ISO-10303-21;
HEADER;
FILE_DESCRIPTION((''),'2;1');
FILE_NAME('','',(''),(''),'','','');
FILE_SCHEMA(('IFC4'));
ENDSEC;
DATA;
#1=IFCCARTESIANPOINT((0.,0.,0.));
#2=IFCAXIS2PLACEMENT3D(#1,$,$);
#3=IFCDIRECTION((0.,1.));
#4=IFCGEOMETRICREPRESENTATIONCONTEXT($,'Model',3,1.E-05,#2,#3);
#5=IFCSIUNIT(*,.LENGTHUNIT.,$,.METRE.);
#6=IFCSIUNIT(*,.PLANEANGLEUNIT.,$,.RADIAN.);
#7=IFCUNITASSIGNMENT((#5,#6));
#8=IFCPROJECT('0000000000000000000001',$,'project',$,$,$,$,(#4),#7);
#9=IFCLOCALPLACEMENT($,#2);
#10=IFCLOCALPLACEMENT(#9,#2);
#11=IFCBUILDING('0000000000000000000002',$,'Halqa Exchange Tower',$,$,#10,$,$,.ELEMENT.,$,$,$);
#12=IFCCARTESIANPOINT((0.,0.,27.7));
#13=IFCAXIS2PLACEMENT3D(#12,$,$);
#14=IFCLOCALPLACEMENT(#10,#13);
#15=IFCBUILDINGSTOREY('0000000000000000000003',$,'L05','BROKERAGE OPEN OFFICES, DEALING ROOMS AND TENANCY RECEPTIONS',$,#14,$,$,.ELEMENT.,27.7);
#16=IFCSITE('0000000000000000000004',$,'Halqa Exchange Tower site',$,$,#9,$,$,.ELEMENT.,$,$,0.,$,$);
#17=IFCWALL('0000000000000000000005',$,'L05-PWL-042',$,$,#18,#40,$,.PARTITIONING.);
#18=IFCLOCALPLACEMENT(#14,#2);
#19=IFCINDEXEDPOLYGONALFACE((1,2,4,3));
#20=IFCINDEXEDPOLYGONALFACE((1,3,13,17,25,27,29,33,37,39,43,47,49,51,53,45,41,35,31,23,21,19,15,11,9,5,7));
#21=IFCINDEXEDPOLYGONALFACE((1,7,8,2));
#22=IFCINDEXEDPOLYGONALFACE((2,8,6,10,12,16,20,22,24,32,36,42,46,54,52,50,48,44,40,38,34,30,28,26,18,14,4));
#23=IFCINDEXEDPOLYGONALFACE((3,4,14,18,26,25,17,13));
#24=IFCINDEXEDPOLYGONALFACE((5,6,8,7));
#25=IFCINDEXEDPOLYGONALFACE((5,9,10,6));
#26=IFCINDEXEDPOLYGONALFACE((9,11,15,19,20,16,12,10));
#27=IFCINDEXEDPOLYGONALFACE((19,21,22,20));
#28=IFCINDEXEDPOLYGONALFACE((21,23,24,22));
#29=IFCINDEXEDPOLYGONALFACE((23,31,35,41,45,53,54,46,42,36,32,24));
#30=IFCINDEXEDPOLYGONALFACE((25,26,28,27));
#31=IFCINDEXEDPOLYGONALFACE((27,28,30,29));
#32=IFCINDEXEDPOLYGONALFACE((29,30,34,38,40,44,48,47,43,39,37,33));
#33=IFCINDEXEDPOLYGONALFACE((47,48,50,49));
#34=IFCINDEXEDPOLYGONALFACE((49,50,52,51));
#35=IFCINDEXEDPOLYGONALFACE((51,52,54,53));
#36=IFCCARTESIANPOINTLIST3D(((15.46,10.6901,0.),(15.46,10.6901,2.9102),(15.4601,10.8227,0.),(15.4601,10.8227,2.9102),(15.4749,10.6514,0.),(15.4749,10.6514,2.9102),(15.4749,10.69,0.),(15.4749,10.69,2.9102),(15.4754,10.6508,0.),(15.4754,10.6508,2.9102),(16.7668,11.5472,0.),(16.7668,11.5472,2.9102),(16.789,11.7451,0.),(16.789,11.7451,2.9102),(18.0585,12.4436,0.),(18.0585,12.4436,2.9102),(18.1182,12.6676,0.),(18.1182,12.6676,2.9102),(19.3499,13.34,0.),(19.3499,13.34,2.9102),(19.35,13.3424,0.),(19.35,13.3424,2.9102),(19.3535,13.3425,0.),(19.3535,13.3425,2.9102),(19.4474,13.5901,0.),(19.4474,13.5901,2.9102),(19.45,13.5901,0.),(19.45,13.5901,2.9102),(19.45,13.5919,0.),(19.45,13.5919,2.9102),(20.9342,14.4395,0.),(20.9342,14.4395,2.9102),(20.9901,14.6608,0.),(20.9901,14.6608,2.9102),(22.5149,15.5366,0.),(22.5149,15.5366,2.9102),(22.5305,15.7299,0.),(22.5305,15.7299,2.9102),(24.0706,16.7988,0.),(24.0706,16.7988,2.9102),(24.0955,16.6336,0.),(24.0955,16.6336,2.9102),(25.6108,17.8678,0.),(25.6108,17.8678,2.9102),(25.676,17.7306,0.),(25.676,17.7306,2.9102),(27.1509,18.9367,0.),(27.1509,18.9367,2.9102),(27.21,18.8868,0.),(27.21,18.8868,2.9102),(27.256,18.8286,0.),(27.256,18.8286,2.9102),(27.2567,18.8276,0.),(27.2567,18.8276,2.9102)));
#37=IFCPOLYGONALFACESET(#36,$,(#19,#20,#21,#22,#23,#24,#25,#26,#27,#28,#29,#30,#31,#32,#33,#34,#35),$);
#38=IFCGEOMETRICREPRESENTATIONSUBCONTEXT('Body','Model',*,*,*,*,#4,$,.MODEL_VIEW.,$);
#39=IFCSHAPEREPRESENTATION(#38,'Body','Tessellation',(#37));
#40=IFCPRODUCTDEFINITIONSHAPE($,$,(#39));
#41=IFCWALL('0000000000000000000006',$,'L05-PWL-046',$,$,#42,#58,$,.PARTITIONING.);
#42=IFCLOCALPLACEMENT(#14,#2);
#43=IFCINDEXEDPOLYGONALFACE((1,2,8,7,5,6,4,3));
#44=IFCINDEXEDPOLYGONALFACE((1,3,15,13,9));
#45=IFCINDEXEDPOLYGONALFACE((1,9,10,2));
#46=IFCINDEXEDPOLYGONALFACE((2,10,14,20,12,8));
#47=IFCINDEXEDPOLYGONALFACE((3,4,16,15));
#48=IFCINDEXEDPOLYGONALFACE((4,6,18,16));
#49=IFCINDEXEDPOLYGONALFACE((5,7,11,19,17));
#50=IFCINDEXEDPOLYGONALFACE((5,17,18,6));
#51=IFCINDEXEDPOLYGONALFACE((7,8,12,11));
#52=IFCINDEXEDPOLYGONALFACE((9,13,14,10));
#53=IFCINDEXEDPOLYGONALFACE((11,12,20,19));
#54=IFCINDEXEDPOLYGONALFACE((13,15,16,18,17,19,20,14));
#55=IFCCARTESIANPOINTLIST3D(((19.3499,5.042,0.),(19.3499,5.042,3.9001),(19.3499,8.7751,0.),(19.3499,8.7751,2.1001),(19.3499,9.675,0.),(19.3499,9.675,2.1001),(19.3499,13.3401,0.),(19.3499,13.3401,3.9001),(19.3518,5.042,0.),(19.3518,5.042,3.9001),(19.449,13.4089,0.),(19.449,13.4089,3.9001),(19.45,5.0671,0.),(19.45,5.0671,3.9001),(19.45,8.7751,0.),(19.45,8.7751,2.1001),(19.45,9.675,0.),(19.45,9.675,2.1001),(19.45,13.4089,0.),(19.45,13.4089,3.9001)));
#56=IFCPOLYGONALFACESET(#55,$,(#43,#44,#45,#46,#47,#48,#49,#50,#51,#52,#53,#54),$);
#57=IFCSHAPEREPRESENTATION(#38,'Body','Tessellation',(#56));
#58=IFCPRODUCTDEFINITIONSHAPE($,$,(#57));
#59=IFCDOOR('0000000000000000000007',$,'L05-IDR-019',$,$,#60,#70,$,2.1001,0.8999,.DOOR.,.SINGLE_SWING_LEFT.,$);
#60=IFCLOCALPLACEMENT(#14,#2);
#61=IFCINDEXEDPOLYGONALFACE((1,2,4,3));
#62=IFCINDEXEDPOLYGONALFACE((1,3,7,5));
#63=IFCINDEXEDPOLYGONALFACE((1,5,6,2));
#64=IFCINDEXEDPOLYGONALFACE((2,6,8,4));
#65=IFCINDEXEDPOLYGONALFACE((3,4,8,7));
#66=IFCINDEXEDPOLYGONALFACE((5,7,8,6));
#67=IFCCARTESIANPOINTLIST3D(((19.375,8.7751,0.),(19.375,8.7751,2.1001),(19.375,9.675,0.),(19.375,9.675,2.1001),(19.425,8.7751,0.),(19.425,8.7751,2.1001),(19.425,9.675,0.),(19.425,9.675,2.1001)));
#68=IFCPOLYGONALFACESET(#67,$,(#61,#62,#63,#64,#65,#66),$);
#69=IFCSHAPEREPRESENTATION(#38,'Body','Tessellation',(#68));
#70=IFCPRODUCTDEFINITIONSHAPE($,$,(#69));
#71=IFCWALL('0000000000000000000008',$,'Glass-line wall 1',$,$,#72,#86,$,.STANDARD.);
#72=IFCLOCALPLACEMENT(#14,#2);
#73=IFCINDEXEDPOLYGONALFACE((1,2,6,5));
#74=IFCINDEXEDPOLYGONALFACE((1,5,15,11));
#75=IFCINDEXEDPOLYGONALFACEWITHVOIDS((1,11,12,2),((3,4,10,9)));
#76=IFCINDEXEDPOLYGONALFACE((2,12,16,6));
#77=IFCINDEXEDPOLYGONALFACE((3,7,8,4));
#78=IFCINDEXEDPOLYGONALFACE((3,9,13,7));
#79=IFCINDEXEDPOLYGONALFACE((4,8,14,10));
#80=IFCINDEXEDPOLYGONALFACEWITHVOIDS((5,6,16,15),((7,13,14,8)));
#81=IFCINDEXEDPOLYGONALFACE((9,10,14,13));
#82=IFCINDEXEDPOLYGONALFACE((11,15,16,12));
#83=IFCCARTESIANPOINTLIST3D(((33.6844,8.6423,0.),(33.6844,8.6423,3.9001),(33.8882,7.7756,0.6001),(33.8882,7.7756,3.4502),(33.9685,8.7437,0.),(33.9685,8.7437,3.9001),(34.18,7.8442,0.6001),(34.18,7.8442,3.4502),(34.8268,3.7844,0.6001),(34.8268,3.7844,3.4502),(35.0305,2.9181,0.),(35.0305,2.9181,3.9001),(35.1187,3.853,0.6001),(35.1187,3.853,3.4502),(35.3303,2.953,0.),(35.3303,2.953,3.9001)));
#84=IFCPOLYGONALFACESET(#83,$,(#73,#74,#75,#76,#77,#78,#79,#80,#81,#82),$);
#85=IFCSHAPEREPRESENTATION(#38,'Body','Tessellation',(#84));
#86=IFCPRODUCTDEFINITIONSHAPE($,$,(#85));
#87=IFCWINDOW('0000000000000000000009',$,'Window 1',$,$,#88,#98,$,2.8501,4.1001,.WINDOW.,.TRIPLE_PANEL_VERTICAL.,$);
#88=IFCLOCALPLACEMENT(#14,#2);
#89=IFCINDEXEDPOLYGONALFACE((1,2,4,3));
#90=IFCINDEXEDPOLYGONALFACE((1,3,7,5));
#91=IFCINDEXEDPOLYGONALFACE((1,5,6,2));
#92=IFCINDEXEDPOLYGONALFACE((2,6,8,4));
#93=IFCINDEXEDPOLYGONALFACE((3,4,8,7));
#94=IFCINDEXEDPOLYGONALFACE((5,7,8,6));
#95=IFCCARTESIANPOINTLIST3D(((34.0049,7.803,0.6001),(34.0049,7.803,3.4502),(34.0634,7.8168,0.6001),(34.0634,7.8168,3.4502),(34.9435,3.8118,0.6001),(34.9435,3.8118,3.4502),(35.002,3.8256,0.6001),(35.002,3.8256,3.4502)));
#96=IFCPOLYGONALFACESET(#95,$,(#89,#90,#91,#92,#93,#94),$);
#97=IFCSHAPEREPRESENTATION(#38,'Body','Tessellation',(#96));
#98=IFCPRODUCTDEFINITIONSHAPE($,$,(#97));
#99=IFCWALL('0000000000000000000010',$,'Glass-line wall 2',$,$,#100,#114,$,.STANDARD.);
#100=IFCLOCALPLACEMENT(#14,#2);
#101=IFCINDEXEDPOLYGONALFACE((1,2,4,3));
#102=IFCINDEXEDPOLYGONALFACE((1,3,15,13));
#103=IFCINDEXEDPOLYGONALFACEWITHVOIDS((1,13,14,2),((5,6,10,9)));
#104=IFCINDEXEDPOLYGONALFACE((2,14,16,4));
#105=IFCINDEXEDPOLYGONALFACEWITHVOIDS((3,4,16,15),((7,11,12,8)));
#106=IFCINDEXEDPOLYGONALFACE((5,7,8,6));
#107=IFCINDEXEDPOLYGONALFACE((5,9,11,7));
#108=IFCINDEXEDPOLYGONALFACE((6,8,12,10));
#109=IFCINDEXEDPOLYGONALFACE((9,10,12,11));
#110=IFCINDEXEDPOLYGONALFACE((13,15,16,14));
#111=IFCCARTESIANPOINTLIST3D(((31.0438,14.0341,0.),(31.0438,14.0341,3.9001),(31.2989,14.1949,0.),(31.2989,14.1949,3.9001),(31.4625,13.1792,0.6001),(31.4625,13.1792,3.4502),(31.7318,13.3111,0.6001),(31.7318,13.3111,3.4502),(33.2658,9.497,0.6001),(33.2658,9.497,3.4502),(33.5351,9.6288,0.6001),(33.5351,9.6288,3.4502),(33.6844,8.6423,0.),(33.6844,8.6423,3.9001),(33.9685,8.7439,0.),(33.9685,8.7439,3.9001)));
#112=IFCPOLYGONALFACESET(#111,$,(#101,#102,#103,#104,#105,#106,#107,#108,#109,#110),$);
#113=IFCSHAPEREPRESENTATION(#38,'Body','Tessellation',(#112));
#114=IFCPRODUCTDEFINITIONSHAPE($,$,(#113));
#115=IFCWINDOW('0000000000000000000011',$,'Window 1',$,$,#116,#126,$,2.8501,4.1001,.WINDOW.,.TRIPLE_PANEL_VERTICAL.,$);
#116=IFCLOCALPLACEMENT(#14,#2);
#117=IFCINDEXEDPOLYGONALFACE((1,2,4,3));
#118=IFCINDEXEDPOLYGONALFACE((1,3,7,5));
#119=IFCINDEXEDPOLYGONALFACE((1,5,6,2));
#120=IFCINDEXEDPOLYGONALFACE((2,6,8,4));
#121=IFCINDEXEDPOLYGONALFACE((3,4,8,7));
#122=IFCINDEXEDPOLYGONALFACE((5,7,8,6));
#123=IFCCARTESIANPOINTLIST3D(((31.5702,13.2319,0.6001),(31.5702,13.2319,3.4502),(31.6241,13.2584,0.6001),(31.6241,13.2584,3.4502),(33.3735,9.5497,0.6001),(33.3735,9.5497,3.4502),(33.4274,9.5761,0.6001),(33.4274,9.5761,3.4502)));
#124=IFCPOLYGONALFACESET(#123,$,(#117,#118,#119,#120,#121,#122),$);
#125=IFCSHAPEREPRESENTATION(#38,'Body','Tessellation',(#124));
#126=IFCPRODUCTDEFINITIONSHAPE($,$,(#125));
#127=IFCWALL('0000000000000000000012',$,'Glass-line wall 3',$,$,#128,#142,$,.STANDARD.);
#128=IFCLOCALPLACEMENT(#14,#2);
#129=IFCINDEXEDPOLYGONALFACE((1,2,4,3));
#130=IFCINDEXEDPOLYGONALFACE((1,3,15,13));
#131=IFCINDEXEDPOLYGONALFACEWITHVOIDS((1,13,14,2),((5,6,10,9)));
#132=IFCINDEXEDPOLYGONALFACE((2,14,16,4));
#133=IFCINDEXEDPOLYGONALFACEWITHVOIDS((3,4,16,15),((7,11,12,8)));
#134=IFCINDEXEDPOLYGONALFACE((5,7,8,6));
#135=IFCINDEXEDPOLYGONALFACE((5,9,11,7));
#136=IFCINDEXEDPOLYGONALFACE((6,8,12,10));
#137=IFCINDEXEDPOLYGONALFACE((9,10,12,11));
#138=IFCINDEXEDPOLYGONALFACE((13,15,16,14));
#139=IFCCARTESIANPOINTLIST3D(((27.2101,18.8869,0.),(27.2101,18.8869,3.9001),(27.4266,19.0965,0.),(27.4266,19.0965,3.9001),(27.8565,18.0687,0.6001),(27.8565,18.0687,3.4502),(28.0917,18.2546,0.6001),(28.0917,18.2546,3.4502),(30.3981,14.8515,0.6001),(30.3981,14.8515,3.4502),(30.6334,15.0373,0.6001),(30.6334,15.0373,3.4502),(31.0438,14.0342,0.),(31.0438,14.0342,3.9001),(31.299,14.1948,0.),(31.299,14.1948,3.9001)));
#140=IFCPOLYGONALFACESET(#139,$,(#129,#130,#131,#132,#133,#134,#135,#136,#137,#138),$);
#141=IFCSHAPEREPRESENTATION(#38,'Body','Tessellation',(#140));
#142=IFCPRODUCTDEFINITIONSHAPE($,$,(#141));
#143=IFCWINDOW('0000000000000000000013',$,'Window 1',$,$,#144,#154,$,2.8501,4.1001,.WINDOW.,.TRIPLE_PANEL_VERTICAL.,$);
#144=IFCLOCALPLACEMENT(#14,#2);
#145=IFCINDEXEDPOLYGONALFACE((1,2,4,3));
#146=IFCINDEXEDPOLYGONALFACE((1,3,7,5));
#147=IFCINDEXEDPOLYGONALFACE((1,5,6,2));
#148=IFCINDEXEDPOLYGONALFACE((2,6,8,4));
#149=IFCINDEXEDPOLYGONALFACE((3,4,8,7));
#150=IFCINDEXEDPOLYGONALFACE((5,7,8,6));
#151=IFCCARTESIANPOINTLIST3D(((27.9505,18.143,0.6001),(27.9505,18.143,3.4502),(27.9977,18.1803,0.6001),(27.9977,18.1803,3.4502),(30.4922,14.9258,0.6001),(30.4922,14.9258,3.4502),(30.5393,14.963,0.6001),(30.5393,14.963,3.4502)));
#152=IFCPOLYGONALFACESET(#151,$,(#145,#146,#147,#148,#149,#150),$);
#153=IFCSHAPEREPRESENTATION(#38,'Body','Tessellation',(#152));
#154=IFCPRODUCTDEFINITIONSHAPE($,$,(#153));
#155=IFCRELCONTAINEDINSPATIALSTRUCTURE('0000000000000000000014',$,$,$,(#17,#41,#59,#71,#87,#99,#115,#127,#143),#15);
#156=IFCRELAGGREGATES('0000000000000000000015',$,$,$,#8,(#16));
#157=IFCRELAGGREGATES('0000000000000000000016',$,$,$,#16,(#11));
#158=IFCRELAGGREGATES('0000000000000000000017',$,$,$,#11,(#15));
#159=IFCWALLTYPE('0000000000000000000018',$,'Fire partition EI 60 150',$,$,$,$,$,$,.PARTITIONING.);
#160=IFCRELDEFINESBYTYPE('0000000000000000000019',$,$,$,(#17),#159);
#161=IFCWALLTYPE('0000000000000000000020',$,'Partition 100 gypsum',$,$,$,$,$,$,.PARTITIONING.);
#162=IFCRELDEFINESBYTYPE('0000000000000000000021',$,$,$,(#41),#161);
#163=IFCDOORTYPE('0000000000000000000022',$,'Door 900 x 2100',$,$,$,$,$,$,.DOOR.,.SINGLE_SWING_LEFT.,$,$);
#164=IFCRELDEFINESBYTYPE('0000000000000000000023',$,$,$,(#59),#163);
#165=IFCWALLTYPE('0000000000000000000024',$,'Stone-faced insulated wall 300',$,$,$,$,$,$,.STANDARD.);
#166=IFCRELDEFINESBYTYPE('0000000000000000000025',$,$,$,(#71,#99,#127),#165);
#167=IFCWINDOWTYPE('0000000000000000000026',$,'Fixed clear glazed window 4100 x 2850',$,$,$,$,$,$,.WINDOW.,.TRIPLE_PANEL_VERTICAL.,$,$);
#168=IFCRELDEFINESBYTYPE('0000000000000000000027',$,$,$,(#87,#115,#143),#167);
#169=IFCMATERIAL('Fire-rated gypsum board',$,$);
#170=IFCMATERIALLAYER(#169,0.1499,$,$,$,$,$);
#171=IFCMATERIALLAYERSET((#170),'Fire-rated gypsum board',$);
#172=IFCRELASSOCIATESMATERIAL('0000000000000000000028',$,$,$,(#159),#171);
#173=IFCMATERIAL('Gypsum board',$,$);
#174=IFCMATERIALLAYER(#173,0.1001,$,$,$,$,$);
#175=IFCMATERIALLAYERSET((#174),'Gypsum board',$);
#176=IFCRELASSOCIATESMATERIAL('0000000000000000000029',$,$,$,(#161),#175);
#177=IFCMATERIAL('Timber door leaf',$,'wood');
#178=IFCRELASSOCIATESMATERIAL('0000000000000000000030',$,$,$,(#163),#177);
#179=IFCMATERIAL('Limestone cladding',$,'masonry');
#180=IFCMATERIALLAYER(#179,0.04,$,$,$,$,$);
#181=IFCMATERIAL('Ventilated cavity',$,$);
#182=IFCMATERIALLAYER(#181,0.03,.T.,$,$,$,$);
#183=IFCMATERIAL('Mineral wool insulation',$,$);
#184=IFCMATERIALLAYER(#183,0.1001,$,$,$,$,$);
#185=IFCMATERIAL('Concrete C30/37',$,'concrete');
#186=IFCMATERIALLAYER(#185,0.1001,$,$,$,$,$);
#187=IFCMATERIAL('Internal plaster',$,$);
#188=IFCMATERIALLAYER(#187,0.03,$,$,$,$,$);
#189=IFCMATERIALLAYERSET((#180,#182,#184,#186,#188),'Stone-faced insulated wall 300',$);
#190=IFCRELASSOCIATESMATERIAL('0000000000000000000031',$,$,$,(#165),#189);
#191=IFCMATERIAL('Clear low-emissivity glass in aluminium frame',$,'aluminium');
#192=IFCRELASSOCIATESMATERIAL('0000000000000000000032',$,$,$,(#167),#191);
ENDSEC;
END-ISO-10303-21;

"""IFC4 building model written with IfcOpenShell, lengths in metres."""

from ifc_helpers import new_model, si_unit, direction, frame, frame_2d, origin, place, context, subcontext, project, spatial, polyline, rectangle, outline, extrude, material, layer, layer_set, type_object, element, fill, save


model = new_model("IFC4")

# Units and contexts
model_context = context("Model", 3, precision=1e-05, world=origin(), true_north=direction((0.0, 1.0)))
body_context = subcontext(model_context, "Body", "Model", "MODEL_VIEW")
ifc_project = project(units=[si_unit("LENGTHUNIT", "METRE"), si_unit("PLANEANGLEUNIT", "RADIAN")], contexts=[model_context])

# Site, building, storey
site_placement = place(None, origin())
site = spatial("IfcSite", under=ifc_project, at=site_placement, Name="Halqa Exchange Tower site", CompositionType="ELEMENT", RefElevation=0.0)
building_placement = place(site_placement, origin())
building = spatial("IfcBuilding", under=site, at=building_placement, Name="Halqa Exchange Tower", CompositionType="ELEMENT")
storey_placement = place(building_placement, frame((0.0, 0.0, 27.7)))
storey = spatial("IfcBuildingStorey", under=building, at=storey_placement, Name="L05", Description="BROKERAGE OPEN OFFICES, DEALING ROOMS AND TENANCY RECEPTIONS", CompositionType="ELEMENT", Elevation=27.7)

# Wall
ifc_material_1 = material(Name="Fire-rated gypsum board")
ifc_layer_1 = layer(ifc_material_1, 0.1499)
ifc_layer_set_1 = layer_set([ifc_layer_1], Name="Fire-rated gypsum board")
wall_type_1 = type_object("IfcWallType", Name="Fire partition EI 60 150", PredefinedType="PARTITIONING", material=ifc_layer_set_1)
wall_1_placement = place(storey_placement, frame((15.4326, 10.7124, 0.0), z_axis=(0.0, 0.0, 1.0), x_axis=(0.821522, 0.570176, 0.0)))
element("IfcWall", 1, at=wall_1_placement, inside=storey, type_object=wall_type_1, Name="L05-PWL-042", PredefinedType="PARTITIONING", context=body_context, shape_type="SweptSolid", body=[
    extrude(outline(polyline([(0.0, -0.075), (1.572, -0.075), (3.1443, -0.075), (4.7163, -0.075), (4.7178, -0.073), (4.7207, -0.075), (6.6448, -0.075), (8.5688, -0.075), (10.4929, -0.075), (12.4167, -0.075), (14.3408, -0.075), (14.3408, -0.0737), (14.3362, 0.0002), (14.3162, 0.075), (12.4414, 0.075), (10.5667, 0.075), (8.6919, 0.075), (6.8169, 0.075), (4.9421, 0.075), (4.9412, 0.0735), (4.939, 0.075), (3.321, 0.075), (1.7031, 0.075), (0.0854, 0.075), (0.0098, -0.0339), (0.022, -0.0425), (0.0, -0.0742), (0.0, -0.075)])), origin(), (0.0, 0.0, 1.0), 2.9102),
])

# Wall, opening, door
ifc_material_2 = material(Name="Gypsum board")
ifc_layer_2 = layer(ifc_material_2, 0.1001)
ifc_layer_set_2 = layer_set([ifc_layer_2], Name="Gypsum board")
wall_type_2 = type_object("IfcWallType", Name="Partition 100 gypsum", PredefinedType="PARTITIONING", material=ifc_layer_set_2)
ifc_material_3 = material(Name="Timber door leaf", Category="wood")
door_type = type_object("IfcDoorType", Name="Door 900 x 2100", OperationType="SINGLE_SWING_LEFT", PredefinedType="DOOR", material=ifc_material_3)
wall_2_placement = place(storey_placement, frame((19.3999, 13.4089, 0.0), z_axis=(0.0, 0.0, 1.0), x_axis=(0.0, -1.0, 0.0)))
wall_2 = element("IfcWall", 2, at=wall_2_placement, inside=storey, type_object=wall_type_2, Name="L05-PWL-046", PredefinedType="PARTITIONING", context=body_context, shape_type="SweptSolid", body=[
    extrude(outline(polyline([(8.3669, -0.05), (8.3669, -0.0481), (8.3418, 0.05), (6.6733, 0.05), (5.0051, 0.05), (3.3367, 0.05), (1.6685, 0.05), (0.0, 0.05), (0.0, 0.0491), (0.0688, -0.05), (1.7285, -0.05), (3.3882, -0.05), (5.0476, -0.05), (6.7073, -0.05), (8.3669, -0.05)])), origin(), (0.0, 0.0, 1.0), 3.9001),
])
opening_1_placement = place(wall_2_placement, frame((3.7339, 0.0, 0.0)))
opening_1 = element("IfcOpeningElement", 3, at=opening_1_placement, cuts=wall_2, PredefinedType="OPENING", context=body_context, shape_type="SweptSolid", body=[
    extrude(rectangle(XDim=0.8999, YDim=2.1001, at=frame_2d((0.45, 1.05))), frame((0.0, 0.062, 0.0), z_axis=(0.0, -1.0, 0.0), x_axis=(1.0, 0.0, 0.0)), (0.0, 0.0, 1.0), 0.124),
])
door_1_placement = place(opening_1_placement, frame((0.8999, 0.0, 0.0), z_axis=(0.0, 0.0, 1.0), x_axis=(-1.0, 0.0, 0.0)))
door_1 = element("IfcDoor", 4, at=door_1_placement, inside=storey, type_object=door_type, Name="L05-IDR-019", OperationType="SINGLE_SWING_LEFT", OverallHeight=2.1001, OverallWidth=0.8999, PredefinedType="DOOR", context=body_context, shape_type="SweptSolid", body=[
    extrude(rectangle(XDim=0.8999, YDim=2.1001, at=frame_2d((0.45, 1.05))), frame((0.0, 0.0249, 0.0), z_axis=(0.0, -1.0, 0.0), x_axis=(1.0, 0.0, 0.0)), (0.0, 0.0, 1.0), 0.05),
])
fill(opening_1, door_1)

# Walls, openings, windows
ifc_material_4 = material(Name="Limestone cladding", Category="masonry")
ifc_layer_3 = layer(ifc_material_4, 0.04)
ifc_material_5 = material(Name="Ventilated cavity")
ifc_layer_4 = layer(ifc_material_5, 0.03, ventilated=True)
ifc_material_6 = material(Name="Mineral wool insulation")
ifc_layer_5 = layer(ifc_material_6, 0.1001)
ifc_material_7 = material(Name="Concrete C30/37", Category="concrete")
ifc_layer_6 = layer(ifc_material_7, 0.1001)
ifc_material_8 = material(Name="Internal plaster")
ifc_layer_7 = layer(ifc_material_8, 0.03)
ifc_layer_set_3 = layer_set([ifc_layer_3, ifc_layer_4, ifc_layer_5, ifc_layer_6, ifc_layer_7], Name="Stone-faced insulated wall 300")
wall_type_3 = type_object("IfcWallType", Name="Stone-faced insulated wall 300", PredefinedType="STANDARD", material=ifc_layer_set_3)
wall_3_placement = place(storey_placement, frame((35.1804, 2.9355, 0.0), z_axis=(0.0, 0.0, 1.0), x_axis=(-0.228924, 0.973444, 0.0)))
wall_3 = element("IfcWall", 5, at=wall_3_placement, inside=storey, type_object=wall_type_3, Name="Glass-line wall 1", PredefinedType="STANDARD", context=body_context, shape_type="SweptSolid", body=[
    extrude(outline(polyline([(-0.0173, -0.1499), (5.9314, -0.1499), (5.8977, 0.1499), (0.0173, 0.1499), (-0.0173, -0.1499)])), origin(), (0.0, 0.0, 1.0), 3.9001),
])
opening_2_placement = place(wall_3_placement, frame((0.9072, 0.0, 0.6001)))
opening_2 = element("IfcOpeningElement", 6, at=opening_2_placement, cuts=wall_3, PredefinedType="OPENING", context=body_context, shape_type="SweptSolid", body=[
    extrude(rectangle(XDim=4.1001, YDim=2.8501, at=frame_2d((2.05, 1.425))), frame((0.0, 0.1621, 0.0), z_axis=(0.0, -1.0, 0.0), x_axis=(1.0, 0.0, 0.0)), (0.0, 0.0, 1.0), 0.324),
])
ifc_material_9 = material(Name="Clear low-emissivity glass in aluminium frame", Category="aluminium")
window_type = type_object("IfcWindowType", Name="Fixed clear glazed window 4100 x 2850", PartitioningType="TRIPLE_PANEL_VERTICAL", PredefinedType="WINDOW", material=ifc_material_9)
window_1_placement = place(opening_2_placement, origin())
window_1 = element("IfcWindow", 7, at=window_1_placement, inside=storey, type_object=window_type, Name="Window 1", OverallHeight=2.8501, OverallWidth=4.1001, PartitioningType="TRIPLE_PANEL_VERTICAL", PredefinedType="WINDOW", context=body_context, shape_type="SweptSolid", body=[
    extrude(rectangle(XDim=4.1001, YDim=2.8501, at=frame_2d((2.05, 1.425))), frame((0.0, 0.03, 0.0), z_axis=(0.0, -1.0, 0.0), x_axis=(1.0, 0.0, 0.0)), (0.0, 0.0, 1.0), 0.0601),
])
fill(opening_2, window_1)
wall_4_placement = place(storey_placement, frame((33.8264, 8.6931, 0.0), z_axis=(0.0, 0.0, 1.0), x_axis=(-0.439822, 0.898085, 0.0)))
wall_4 = element("IfcWall", 8, at=wall_4_placement, inside=storey, type_object=wall_type_3, Name="Glass-line wall 2", PredefinedType="STANDARD", context=body_context, shape_type="SweptSolid", body=[
    extrude(outline(polyline([(-0.0168, -0.1499), (6.0527, -0.1499), (6.0205, 0.1499), (0.0168, 0.1499), (-0.0168, -0.1499)])), origin(), (0.0, 0.0, 1.0), 3.9001),
])
opening_3_placement = place(wall_4_placement, frame((0.9685, 0.0, 0.6001)))
opening_3 = element("IfcOpeningElement", 9, at=opening_3_placement, cuts=wall_4, PredefinedType="OPENING", context=body_context, shape_type="SweptSolid", body=[
    extrude(rectangle(XDim=4.1001, YDim=2.8501, at=frame_2d((2.05, 1.425))), frame((0.0, 0.1621, 0.0), z_axis=(0.0, -1.0, 0.0), x_axis=(1.0, 0.0, 0.0)), (0.0, 0.0, 1.0), 0.324),
])
window_2_placement = place(opening_3_placement, origin())
window_2 = element("IfcWindow", 10, at=window_2_placement, inside=storey, type_object=window_type, Name="Window 1", OverallHeight=2.8501, OverallWidth=4.1001, PartitioningType="TRIPLE_PANEL_VERTICAL", PredefinedType="WINDOW", context=body_context, shape_type="SweptSolid", body=[
    extrude(rectangle(XDim=4.1001, YDim=2.8501, at=frame_2d((2.05, 1.425))), frame((0.0, 0.03, 0.0), z_axis=(0.0, -1.0, 0.0), x_axis=(1.0, 0.0, 0.0)), (0.0, 0.0, 1.0), 0.0601),
])
fill(opening_3, window_2)
wall_5_placement = place(storey_placement, frame((31.1714, 14.1145, 0.0), z_axis=(0.0, 0.0, 1.0), x_axis=(-0.619903, 0.784679, 0.0)))
wall_5 = element("IfcWall", 11, at=wall_5_placement, inside=storey, type_object=wall_type_3, Name="Glass-line wall 3", PredefinedType="STANDARD", context=body_context, shape_type="SweptSolid", body=[
    extrude(outline(polyline([(-0.0161, -0.1499), (6.2307, -0.1499), (6.2004, 0.1499), (0.0161, 0.1499), (-0.0161, -0.1499)])), origin(), (0.0, 0.0, 1.0), 3.9001),
])
opening_4_placement = place(wall_5_placement, frame((1.0576, 0.0, 0.6001)))
opening_4 = element("IfcOpeningElement", 12, at=opening_4_placement, cuts=wall_5, PredefinedType="OPENING", context=body_context, shape_type="SweptSolid", body=[
    extrude(rectangle(XDim=4.1001, YDim=2.8501, at=frame_2d((2.05, 1.425))), frame((0.0, 0.1621, 0.0), z_axis=(0.0, -1.0, 0.0), x_axis=(1.0, 0.0, 0.0)), (0.0, 0.0, 1.0), 0.324),
])
window_3_placement = place(opening_4_placement, origin())
window_3 = element("IfcWindow", 13, at=window_3_placement, inside=storey, type_object=window_type, Name="Window 1", OverallHeight=2.8501, OverallWidth=4.1001, PartitioningType="TRIPLE_PANEL_VERTICAL", PredefinedType="WINDOW", context=body_context, shape_type="SweptSolid", body=[
    extrude(rectangle(XDim=4.1001, YDim=2.8501, at=frame_2d((2.05, 1.425))), frame((0.0, 0.03, 0.0), z_axis=(0.0, -1.0, 0.0), x_axis=(1.0, 0.0, 0.0)), (0.0, 0.0, 1.0), 0.0601),
])
fill(opening_4, window_3)

save(model, "model.ifc")
